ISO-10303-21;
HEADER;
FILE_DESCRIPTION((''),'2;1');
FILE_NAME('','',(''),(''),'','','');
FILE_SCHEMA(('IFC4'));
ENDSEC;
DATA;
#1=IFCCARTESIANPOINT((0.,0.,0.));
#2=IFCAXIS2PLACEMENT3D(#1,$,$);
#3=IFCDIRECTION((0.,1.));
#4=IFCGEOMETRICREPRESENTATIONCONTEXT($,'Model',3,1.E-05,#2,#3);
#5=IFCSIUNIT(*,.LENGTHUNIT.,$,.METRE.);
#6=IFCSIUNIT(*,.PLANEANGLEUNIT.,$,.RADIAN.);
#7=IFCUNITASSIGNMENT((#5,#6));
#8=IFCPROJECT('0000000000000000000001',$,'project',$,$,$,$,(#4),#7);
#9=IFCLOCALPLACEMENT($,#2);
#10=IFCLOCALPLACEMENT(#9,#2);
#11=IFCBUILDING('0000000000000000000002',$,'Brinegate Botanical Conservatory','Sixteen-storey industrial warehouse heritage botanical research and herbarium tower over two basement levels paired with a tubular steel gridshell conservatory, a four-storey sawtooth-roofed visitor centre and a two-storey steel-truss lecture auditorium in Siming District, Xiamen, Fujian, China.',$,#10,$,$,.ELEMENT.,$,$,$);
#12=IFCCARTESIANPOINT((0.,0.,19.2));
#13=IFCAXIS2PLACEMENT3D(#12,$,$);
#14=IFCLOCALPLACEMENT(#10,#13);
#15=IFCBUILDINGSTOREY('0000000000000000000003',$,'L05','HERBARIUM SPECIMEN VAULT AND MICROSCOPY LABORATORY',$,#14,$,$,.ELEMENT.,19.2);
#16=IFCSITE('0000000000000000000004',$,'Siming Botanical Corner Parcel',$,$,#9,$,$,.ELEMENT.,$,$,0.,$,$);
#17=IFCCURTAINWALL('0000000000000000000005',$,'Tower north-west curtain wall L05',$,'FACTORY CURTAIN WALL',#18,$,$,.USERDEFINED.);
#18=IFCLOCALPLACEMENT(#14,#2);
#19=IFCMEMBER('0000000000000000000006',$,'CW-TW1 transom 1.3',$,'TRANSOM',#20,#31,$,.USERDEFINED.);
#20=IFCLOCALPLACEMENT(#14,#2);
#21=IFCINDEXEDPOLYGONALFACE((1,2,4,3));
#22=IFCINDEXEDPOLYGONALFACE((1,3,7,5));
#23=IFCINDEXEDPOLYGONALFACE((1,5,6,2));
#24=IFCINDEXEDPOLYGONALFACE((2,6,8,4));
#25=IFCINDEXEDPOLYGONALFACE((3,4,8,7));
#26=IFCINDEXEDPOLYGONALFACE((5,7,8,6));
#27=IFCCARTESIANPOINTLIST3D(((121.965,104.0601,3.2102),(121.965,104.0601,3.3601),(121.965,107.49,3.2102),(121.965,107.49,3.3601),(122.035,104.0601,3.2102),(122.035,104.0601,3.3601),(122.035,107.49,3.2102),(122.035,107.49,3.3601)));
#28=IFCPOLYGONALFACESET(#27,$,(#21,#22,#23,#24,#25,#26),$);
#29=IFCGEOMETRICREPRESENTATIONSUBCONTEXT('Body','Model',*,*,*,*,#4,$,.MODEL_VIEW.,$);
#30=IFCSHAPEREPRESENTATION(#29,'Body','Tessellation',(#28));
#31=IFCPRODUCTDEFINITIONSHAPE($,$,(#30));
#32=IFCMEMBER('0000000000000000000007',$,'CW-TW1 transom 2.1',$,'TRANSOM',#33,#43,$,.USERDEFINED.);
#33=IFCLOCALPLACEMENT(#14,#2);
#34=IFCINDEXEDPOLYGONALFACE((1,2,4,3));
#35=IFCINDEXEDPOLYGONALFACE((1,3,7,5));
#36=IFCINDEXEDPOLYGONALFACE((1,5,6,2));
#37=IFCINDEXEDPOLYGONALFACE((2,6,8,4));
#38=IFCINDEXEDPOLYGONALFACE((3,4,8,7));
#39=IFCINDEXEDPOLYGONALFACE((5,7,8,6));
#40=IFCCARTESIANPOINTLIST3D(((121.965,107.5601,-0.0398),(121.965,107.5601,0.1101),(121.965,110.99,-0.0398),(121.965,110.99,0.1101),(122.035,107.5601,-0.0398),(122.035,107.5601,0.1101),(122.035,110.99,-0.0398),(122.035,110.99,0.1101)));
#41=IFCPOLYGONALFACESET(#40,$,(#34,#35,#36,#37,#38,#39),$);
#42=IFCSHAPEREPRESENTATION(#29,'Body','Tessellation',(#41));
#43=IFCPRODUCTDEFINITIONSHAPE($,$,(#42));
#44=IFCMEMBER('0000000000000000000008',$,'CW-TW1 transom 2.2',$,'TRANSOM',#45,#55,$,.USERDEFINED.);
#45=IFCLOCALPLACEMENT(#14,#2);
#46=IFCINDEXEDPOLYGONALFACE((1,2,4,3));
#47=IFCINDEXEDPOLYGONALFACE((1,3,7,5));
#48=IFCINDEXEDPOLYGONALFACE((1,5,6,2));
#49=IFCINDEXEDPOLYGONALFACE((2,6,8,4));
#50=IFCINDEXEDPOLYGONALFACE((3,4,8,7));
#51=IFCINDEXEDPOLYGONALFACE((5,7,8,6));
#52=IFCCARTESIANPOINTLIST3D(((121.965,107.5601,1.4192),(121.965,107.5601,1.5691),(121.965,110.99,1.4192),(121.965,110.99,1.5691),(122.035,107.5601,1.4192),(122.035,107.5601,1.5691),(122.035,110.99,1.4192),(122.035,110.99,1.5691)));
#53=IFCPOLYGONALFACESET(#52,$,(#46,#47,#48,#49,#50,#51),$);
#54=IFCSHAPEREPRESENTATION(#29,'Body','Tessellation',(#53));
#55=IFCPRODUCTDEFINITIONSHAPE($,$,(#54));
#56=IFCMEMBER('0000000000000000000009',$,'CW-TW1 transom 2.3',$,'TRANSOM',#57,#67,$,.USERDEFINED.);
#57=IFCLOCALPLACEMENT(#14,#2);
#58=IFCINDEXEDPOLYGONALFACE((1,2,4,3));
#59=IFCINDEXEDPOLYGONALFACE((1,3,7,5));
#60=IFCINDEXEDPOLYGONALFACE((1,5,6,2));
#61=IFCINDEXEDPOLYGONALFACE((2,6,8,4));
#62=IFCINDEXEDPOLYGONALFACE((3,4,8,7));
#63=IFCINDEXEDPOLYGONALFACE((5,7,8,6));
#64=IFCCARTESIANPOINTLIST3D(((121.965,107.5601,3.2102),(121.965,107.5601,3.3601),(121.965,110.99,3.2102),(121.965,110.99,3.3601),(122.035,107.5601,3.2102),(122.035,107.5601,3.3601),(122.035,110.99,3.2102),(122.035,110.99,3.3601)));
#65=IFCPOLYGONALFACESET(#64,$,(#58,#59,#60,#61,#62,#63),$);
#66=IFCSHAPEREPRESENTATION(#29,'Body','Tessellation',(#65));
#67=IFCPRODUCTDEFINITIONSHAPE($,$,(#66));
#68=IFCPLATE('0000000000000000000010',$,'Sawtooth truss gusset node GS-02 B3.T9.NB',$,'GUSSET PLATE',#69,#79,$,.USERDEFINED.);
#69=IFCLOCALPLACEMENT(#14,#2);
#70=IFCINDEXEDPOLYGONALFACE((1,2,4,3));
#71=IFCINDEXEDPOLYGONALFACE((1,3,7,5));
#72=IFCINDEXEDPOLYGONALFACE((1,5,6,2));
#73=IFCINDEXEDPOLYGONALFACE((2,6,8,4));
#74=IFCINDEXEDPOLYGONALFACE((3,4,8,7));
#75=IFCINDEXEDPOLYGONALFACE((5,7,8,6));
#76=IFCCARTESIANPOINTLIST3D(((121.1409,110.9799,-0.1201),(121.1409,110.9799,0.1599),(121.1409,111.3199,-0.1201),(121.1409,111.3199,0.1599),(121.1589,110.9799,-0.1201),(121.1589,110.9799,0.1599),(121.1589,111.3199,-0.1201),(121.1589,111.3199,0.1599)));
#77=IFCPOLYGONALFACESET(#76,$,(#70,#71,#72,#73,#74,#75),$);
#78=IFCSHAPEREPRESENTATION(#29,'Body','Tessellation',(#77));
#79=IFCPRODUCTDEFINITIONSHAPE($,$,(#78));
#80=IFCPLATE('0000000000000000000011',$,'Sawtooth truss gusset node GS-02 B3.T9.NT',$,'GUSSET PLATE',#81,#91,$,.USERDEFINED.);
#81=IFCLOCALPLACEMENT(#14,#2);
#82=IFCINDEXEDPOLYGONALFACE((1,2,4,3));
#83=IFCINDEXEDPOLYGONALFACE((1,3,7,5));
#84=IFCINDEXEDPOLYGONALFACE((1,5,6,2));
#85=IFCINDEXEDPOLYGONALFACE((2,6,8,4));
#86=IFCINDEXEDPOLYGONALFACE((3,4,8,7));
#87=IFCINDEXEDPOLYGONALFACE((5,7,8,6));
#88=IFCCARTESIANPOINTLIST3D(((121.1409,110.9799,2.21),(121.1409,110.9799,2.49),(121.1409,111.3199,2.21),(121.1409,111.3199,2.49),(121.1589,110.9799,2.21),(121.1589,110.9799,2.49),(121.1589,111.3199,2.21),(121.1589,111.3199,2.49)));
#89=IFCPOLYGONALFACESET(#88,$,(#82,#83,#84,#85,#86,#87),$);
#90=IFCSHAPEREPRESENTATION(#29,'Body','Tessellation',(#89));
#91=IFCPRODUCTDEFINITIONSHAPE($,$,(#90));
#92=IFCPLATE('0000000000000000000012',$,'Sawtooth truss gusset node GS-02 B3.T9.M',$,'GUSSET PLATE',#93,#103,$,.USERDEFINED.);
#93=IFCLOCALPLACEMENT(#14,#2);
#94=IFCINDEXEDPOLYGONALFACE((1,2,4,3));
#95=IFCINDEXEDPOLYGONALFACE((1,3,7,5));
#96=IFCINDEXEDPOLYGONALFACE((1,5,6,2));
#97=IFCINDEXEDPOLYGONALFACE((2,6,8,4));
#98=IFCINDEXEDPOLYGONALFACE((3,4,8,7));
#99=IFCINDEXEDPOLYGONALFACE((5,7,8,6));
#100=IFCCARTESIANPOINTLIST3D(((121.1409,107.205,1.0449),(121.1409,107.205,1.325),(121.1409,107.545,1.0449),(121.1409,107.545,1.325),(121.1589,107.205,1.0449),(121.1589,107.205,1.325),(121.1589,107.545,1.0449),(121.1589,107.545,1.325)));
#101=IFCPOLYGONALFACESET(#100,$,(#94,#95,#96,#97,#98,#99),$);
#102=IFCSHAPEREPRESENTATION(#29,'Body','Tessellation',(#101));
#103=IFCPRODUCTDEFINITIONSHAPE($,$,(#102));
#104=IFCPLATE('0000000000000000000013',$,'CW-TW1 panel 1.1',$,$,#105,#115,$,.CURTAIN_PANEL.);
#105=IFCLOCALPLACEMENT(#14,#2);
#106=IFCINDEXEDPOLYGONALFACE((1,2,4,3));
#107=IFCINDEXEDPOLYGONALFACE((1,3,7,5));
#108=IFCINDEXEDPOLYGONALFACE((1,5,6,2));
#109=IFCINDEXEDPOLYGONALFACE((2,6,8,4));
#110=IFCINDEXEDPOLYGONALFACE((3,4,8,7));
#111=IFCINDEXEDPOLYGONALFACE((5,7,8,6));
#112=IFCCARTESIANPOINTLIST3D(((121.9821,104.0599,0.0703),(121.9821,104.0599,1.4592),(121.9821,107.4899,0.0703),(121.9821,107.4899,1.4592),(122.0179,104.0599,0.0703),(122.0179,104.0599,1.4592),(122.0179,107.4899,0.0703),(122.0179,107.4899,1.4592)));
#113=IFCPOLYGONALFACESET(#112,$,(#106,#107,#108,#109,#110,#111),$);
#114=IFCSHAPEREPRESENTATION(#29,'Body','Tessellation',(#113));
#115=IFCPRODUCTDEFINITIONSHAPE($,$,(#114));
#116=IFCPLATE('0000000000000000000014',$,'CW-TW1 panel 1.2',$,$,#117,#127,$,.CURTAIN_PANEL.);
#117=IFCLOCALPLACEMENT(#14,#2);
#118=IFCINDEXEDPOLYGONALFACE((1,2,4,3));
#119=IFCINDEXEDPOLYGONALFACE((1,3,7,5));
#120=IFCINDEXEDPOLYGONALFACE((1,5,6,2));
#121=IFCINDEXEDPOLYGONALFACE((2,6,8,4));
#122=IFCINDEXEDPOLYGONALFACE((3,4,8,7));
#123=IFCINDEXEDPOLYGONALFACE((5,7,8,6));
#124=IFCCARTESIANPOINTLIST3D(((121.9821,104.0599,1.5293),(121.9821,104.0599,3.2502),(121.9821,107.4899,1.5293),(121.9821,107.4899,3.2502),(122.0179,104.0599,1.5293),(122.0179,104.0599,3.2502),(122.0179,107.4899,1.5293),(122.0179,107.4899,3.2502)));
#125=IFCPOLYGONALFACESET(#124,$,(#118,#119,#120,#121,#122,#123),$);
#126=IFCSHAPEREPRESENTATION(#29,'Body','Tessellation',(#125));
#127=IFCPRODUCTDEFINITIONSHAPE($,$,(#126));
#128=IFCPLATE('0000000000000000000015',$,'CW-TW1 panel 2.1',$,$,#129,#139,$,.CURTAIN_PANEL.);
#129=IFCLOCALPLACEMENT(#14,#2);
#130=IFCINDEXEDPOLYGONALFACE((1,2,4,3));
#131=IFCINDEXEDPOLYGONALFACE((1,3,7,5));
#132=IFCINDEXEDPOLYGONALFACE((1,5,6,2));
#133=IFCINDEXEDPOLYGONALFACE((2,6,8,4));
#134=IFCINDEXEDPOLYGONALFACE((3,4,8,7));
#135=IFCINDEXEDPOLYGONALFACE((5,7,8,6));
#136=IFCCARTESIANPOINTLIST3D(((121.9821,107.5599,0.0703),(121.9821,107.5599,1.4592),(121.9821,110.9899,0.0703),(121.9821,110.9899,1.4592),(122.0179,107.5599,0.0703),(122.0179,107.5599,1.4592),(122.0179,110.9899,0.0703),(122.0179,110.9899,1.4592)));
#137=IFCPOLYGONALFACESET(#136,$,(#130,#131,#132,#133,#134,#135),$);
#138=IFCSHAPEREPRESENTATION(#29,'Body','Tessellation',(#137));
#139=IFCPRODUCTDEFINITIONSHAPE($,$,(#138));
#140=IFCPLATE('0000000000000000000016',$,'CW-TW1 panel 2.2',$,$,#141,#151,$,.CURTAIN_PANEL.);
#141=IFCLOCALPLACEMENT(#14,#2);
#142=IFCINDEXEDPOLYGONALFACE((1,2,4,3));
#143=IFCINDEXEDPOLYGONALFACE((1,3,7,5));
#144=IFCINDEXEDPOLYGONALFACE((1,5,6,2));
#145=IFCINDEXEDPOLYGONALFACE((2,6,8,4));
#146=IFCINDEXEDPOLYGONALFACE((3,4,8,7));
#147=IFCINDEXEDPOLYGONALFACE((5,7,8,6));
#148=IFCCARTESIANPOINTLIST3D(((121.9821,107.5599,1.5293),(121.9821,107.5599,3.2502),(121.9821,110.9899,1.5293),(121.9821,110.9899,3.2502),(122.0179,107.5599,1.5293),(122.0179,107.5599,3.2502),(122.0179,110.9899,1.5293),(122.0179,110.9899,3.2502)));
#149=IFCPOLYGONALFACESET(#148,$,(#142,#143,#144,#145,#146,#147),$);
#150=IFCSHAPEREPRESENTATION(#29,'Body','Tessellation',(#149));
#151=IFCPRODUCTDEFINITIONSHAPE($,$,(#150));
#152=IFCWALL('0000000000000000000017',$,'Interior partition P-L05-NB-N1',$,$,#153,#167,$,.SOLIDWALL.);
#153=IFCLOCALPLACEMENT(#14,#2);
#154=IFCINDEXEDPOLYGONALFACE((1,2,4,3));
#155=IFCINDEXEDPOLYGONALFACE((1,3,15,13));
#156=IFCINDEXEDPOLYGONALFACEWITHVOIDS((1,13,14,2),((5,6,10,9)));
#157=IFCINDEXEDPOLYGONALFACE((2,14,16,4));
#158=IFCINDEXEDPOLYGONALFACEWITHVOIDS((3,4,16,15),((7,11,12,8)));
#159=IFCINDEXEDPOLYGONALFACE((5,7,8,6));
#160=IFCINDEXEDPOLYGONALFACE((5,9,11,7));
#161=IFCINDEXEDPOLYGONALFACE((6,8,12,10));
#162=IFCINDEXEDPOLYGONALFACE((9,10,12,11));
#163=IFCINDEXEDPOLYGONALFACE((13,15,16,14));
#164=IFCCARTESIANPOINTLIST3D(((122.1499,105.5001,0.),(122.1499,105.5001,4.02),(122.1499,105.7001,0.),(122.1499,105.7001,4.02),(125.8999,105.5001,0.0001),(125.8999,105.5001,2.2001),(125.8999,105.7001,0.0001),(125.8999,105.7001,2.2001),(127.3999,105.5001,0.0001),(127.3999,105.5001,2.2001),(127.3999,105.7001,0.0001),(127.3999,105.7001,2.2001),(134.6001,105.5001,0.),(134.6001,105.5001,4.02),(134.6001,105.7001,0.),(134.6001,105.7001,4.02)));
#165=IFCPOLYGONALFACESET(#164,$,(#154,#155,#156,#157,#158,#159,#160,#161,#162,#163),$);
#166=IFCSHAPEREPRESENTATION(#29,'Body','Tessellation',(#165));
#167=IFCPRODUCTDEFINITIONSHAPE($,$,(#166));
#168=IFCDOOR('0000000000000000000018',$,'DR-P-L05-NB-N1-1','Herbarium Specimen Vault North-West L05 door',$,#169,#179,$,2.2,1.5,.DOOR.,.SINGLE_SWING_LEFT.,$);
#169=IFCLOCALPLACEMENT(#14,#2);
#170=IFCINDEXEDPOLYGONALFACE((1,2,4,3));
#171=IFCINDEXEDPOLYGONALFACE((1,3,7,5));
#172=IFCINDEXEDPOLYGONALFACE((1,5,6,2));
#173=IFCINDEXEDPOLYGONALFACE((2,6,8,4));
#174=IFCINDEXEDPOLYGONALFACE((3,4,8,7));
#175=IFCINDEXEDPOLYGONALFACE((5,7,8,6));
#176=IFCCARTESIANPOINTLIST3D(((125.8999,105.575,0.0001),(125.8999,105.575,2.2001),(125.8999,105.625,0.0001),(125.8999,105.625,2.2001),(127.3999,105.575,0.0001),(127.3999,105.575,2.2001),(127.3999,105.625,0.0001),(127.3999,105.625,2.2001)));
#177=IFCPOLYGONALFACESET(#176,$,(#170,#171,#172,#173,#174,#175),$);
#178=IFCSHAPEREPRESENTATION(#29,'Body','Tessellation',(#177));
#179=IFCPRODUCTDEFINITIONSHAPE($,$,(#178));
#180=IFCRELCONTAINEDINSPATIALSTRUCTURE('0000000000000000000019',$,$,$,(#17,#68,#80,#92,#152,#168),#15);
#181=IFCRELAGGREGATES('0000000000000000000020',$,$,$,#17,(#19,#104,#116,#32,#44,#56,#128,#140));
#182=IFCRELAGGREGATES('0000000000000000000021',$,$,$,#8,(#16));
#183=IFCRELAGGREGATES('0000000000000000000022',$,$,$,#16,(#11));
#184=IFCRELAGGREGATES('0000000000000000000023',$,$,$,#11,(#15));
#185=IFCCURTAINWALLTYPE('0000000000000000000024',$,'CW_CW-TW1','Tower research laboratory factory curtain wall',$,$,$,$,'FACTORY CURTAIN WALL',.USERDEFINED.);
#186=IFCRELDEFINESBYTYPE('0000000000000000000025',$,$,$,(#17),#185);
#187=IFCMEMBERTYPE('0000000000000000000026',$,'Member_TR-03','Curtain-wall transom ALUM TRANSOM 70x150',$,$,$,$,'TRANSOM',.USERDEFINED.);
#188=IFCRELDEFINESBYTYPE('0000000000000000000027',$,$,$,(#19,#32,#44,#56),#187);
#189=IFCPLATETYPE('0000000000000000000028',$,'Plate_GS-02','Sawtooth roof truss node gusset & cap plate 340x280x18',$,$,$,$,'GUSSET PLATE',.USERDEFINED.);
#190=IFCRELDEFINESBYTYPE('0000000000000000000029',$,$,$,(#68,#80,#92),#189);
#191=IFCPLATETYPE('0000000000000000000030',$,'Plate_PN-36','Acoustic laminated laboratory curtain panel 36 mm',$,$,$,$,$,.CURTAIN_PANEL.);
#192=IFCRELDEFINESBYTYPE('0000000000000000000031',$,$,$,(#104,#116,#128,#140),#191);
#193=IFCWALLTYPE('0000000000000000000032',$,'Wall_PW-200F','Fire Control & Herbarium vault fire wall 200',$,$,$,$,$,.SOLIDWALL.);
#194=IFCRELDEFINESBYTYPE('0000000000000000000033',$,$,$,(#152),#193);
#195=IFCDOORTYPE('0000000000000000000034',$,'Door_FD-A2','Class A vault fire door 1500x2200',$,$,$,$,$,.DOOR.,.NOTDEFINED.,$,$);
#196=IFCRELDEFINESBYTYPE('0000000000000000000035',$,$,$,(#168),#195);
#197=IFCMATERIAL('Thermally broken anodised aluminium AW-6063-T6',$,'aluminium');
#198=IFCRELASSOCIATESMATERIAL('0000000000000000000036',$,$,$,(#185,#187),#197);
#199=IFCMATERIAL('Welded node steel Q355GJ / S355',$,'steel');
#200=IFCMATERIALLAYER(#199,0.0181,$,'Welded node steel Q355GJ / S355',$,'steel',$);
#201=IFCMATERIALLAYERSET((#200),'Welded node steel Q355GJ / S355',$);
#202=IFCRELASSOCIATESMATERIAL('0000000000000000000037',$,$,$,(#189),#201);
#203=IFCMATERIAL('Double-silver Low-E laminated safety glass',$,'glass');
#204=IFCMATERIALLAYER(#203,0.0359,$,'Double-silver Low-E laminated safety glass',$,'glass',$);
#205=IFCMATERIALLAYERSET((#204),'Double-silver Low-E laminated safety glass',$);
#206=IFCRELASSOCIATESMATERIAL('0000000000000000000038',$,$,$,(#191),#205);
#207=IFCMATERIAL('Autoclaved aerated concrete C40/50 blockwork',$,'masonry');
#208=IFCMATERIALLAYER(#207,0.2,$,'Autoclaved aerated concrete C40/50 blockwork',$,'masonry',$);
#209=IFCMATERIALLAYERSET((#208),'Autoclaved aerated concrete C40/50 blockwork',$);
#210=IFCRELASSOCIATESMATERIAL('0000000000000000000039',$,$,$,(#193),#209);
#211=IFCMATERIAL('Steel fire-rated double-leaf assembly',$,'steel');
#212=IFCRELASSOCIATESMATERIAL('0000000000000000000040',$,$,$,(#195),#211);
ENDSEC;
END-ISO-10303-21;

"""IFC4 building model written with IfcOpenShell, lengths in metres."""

from ifc_helpers import new_model, si_unit, direction, frame, frame_2d, origin, origin_2d, place, context, subcontext, project, spatial, rectangle, extrude, material, layer, layer_set, material_profile, profile_set, type_object, element, fill, aggregate, save


model = new_model("IFC4")

# Units and contexts
model_context = context("Model", 3, precision=1e-05, world=origin(), true_north=direction((0.0, 1.0)))
body_context = subcontext(model_context, "Body", "Model", "MODEL_VIEW")
ifc_project = project(units=[si_unit("LENGTHUNIT", "METRE"), si_unit("PLANEANGLEUNIT", "RADIAN")], contexts=[model_context])

# Site, building, storey
site_placement = place(None, origin())
site = spatial("IfcSite", under=ifc_project, at=site_placement, Name="Siming Botanical Corner Parcel", CompositionType="ELEMENT", RefElevation=0.0)
building_placement = place(site_placement, origin())
building = spatial("IfcBuilding", under=site, at=building_placement, Name="Brinegate Botanical Conservatory", Description="Sixteen-storey industrial warehouse heritage botanical research and herbarium tower over two basement levels paired with a tubular steel gridshell conservatory, a four-storey sawtooth-roofed visitor centre and a two-storey steel-truss lecture auditorium in Siming District, Xiamen, Fujian, China.", CompositionType="ELEMENT")
storey_placement = place(building_placement, frame((0.0, 0.0, 19.2)))
storey = spatial("IfcBuildingStorey", under=building, at=storey_placement, Name="L05", Description="HERBARIUM SPECIMEN VAULT AND MICROSCOPY LABORATORY", CompositionType="ELEMENT", Elevation=19.2)

# Curtain wall
ifc_material_1 = material(Name="Thermally broken anodised aluminium AW-6063-T6", Category="aluminium")
curtain_wall_type = type_object("IfcCurtainWallType", Name="CW_CW-TW1", Description="Tower research laboratory factory curtain wall", ElementType="FACTORY CURTAIN WALL", PredefinedType="USERDEFINED", material=ifc_material_1)
curtain_wall_placement = place(storey_placement, origin())
curtain_wall = element("IfcCurtainWall", 1, at=curtain_wall_placement, inside=storey, type_object=curtain_wall_type, Name="Tower north-west curtain wall L05", ObjectType="FACTORY CURTAIN WALL", PredefinedType="USERDEFINED")

# Members
ifc_material_profile_1 = material_profile(ifc_material_1, rectangle(XDim=0.0701, YDim=0.1499, at=origin_2d()), Name="ALUM TRANSOM 70x150")
ifc_profile_set_1 = profile_set([ifc_material_profile_1], Name="Thermally broken anodised aluminium AW-6063-T6")
member_type_1 = type_object("IfcMemberType", Name="Member_TR-03", Description="Curtain-wall transom ALUM TRANSOM 70x150", ElementType="TRANSOM", PredefinedType="USERDEFINED", material=ifc_profile_set_1)
member_1_placement = place(storey_placement, frame((122.0, 104.0601, 3.2852), z_axis=(0.0, 1.0, 0.0), x_axis=(-1.0, 0.0, 0.0)))
member_1 = element("IfcMember", 2, at=member_1_placement, type_object=member_type_1, Name="CW-TW1 transom 1.3", ObjectType="TRANSOM", PredefinedType="USERDEFINED", context=body_context, shape_type="SweptSolid", body=[
    extrude(rectangle(XDim=0.0701, YDim=0.1499, at=origin_2d()), origin(), (0.0, 0.0, 1.0), 3.4299),
])
member_2_placement = place(storey_placement, frame((122.0, 107.5601, 0.0352), z_axis=(0.0, 1.0, 0.0), x_axis=(-1.0, 0.0, 0.0)))
member_2 = element("IfcMember", 3, at=member_2_placement, type_object=member_type_1, Name="CW-TW1 transom 2.1", ObjectType="TRANSOM", PredefinedType="USERDEFINED", context=body_context, shape_type="SweptSolid", body=[
    extrude(rectangle(XDim=0.0701, YDim=0.1499, at=origin_2d()), origin(), (0.0, 0.0, 1.0), 3.4299),
])
member_3_placement = place(storey_placement, frame((122.0, 107.5601, 1.4941), z_axis=(0.0, 1.0, 0.0), x_axis=(-1.0, 0.0, 0.0)))
member_3 = element("IfcMember", 4, at=member_3_placement, type_object=member_type_1, Name="CW-TW1 transom 2.2", ObjectType="TRANSOM", PredefinedType="USERDEFINED", context=body_context, shape_type="SweptSolid", body=[
    extrude(rectangle(XDim=0.0701, YDim=0.1499, at=origin_2d()), origin(), (0.0, 0.0, 1.0), 3.4299),
])
member_4_placement = place(storey_placement, frame((122.0, 107.5601, 3.2852), z_axis=(0.0, 1.0, 0.0), x_axis=(-1.0, 0.0, 0.0)))
member_4 = element("IfcMember", 5, at=member_4_placement, type_object=member_type_1, Name="CW-TW1 transom 2.3", ObjectType="TRANSOM", PredefinedType="USERDEFINED", context=body_context, shape_type="SweptSolid", body=[
    extrude(rectangle(XDim=0.0701, YDim=0.1499, at=origin_2d()), origin(), (0.0, 0.0, 1.0), 3.4299),
])

# Plates
ifc_material_2 = material(Name="Welded node steel Q355GJ / S355", Category="steel")
ifc_layer_1 = layer(ifc_material_2, 0.0181, Name="Welded node steel Q355GJ / S355", Category="steel")
ifc_layer_set_1 = layer_set([ifc_layer_1], Name="Welded node steel Q355GJ / S355")
plate_type_1 = type_object("IfcPlateType", Name="Plate_GS-02", Description="Sawtooth roof truss node gusset & cap plate 340x280x18", ElementType="GUSSET PLATE", PredefinedType="USERDEFINED", material=ifc_layer_set_1)
for number, where, z_axis, x_axis, name in (
    (6, (121.1499, 111.1499, -0.1201), (0.0, 0.0, 1.0), (1.0, 0.0, 0.0), "Sawtooth truss gusset node GS-02 B3.T9.NB"),
    (7, (121.1499, 111.1499, 2.21), (0.0, 0.0, 1.0), (1.0, 0.0, 0.0), "Sawtooth truss gusset node GS-02 B3.T9.NT"),
    (8, (121.1499, 107.375, 1.0449), (0.0, 0.0, 1.0), (1.0, 0.0, 0.0), "Sawtooth truss gusset node GS-02 B3.T9.M"),
):
    element("IfcPlate", number, at=place(storey_placement, frame(where, z_axis=z_axis, x_axis=x_axis)), inside=storey, type_object=plate_type_1, Name=name, ObjectType="GUSSET PLATE", PredefinedType="USERDEFINED", context=body_context, shape_type="SweptSolid", body=[
        extrude(rectangle(XDim=0.0181, YDim=0.3401, at=origin_2d()), origin(), (0.0, 0.0, 1.0), 0.28),
    ])

# Plates
ifc_material_3 = material(Name="Double-silver Low-E laminated safety glass", Category="glass")
ifc_layer_2 = layer(ifc_material_3, 0.0359, Name="Double-silver Low-E laminated safety glass", Category="glass")
ifc_layer_set_2 = layer_set([ifc_layer_2], Name="Double-silver Low-E laminated safety glass")
plate_type_2 = type_object("IfcPlateType", Name="Plate_PN-36", Description="Acoustic laminated laboratory curtain panel 36 mm", PredefinedType="CURTAIN_PANEL", material=ifc_layer_set_2)
plate_1_placement = place(storey_placement, frame((122.0, 105.7749, 0.0703), z_axis=(0.0, 0.0, 1.0), x_axis=(0.0, 1.0, 0.0)))
plate_1 = element("IfcPlate", 9, at=plate_1_placement, type_object=plate_type_2, Name="CW-TW1 panel 1.1", PredefinedType="CURTAIN_PANEL", context=body_context, shape_type="SweptSolid", body=[
    extrude(rectangle(XDim=3.4299, YDim=0.0359, at=origin_2d()), origin(), (0.0, 0.0, 1.0), 1.3889),
])
plate_2_placement = place(storey_placement, frame((122.0, 105.7749, 1.5293), z_axis=(0.0, 0.0, 1.0), x_axis=(0.0, 1.0, 0.0)))
plate_2 = element("IfcPlate", 10, at=plate_2_placement, type_object=plate_type_2, Name="CW-TW1 panel 1.2", PredefinedType="CURTAIN_PANEL", context=body_context, shape_type="SweptSolid", body=[
    extrude(rectangle(XDim=3.4299, YDim=0.0359, at=origin_2d()), origin(), (0.0, 0.0, 1.0), 1.7209),
])
plate_3_placement = place(storey_placement, frame((122.0, 109.2749, 0.0703), z_axis=(0.0, 0.0, 1.0), x_axis=(0.0, 1.0, 0.0)))
plate_3 = element("IfcPlate", 11, at=plate_3_placement, type_object=plate_type_2, Name="CW-TW1 panel 2.1", PredefinedType="CURTAIN_PANEL", context=body_context, shape_type="SweptSolid", body=[
    extrude(rectangle(XDim=3.4299, YDim=0.0359, at=origin_2d()), origin(), (0.0, 0.0, 1.0), 1.3889),
])
plate_4_placement = place(storey_placement, frame((122.0, 109.2749, 1.5293), z_axis=(0.0, 0.0, 1.0), x_axis=(0.0, 1.0, 0.0)))
plate_4 = element("IfcPlate", 12, at=plate_4_placement, type_object=plate_type_2, Name="CW-TW1 panel 2.2", PredefinedType="CURTAIN_PANEL", context=body_context, shape_type="SweptSolid", body=[
    extrude(rectangle(XDim=3.4299, YDim=0.0359, at=origin_2d()), origin(), (0.0, 0.0, 1.0), 1.7209),
])
aggregate(curtain_wall, [member_1, plate_1, plate_2, member_2, member_3, member_4, plate_3, plate_4])

# Wall, opening, door
ifc_material_4 = material(Name="Autoclaved aerated concrete C40/50 blockwork", Category="masonry")
ifc_layer_3 = layer(ifc_material_4, 0.2, Name="Autoclaved aerated concrete C40/50 blockwork", Category="masonry")
ifc_layer_set_3 = layer_set([ifc_layer_3], Name="Autoclaved aerated concrete C40/50 blockwork")
wall_type = type_object("IfcWallType", Name="Wall_PW-200F", Description="Fire Control & Herbarium vault fire wall 200", PredefinedType="SOLIDWALL", material=ifc_layer_set_3)
wall_placement = place(storey_placement, frame((122.1499, 105.6001, 0.0), z_axis=(0.0, 0.0, 1.0), x_axis=(1.0, 0.0, 0.0)))
wall = element("IfcWall", 13, at=wall_placement, inside=storey, type_object=wall_type, Name="Interior partition P-L05-NB-N1", PredefinedType="SOLIDWALL", context=body_context, shape_type="SweptSolid", body=[
    extrude(rectangle(XDim=12.4502, YDim=0.2, at=frame_2d((6.2251, 0.0))), origin(), (0.0, 0.0, 1.0), 4.02),
])
opening_placement = place(wall_placement, frame((3.75, 0.0, 0.0)))
opening = element("IfcOpeningElement", 14, at=opening_placement, cuts=wall, PredefinedType="OPENING", context=body_context, shape_type="SweptSolid", body=[
    extrude(rectangle(XDim=1.5, YDim=2.2, at=frame_2d((0.75, 1.1001))), frame((0.0, 0.1099, 0.0), z_axis=(0.0, -1.0, 0.0), x_axis=(1.0, 0.0, 0.0)), (0.0, 0.0, 1.0), 0.22),
])
ifc_material_5 = material(Name="Steel fire-rated double-leaf assembly", Category="steel")
door_type = type_object("IfcDoorType", Name="Door_FD-A2", Description="Class A vault fire door 1500x2200", OperationType="NOTDEFINED", PredefinedType="DOOR", material=ifc_material_5)
door_placement = place(opening_placement, origin())
door = element("IfcDoor", 15, at=door_placement, inside=storey, type_object=door_type, Name="DR-P-L05-NB-N1-1", Description="Herbarium Specimen Vault North-West L05 door", OperationType="SINGLE_SWING_LEFT", OverallHeight=2.2, OverallWidth=1.5, PredefinedType="DOOR", context=body_context, shape_type="SweptSolid", body=[
    extrude(rectangle(XDim=1.5, YDim=2.2, at=frame_2d((0.75, 1.1001))), frame((0.0, 0.0249, 0.0), z_axis=(0.0, -1.0, 0.0), x_axis=(1.0, 0.0, 0.0)), (0.0, 0.0, 1.0), 0.05),
])
fill(opening, door)

save(model, "model.ifc")
